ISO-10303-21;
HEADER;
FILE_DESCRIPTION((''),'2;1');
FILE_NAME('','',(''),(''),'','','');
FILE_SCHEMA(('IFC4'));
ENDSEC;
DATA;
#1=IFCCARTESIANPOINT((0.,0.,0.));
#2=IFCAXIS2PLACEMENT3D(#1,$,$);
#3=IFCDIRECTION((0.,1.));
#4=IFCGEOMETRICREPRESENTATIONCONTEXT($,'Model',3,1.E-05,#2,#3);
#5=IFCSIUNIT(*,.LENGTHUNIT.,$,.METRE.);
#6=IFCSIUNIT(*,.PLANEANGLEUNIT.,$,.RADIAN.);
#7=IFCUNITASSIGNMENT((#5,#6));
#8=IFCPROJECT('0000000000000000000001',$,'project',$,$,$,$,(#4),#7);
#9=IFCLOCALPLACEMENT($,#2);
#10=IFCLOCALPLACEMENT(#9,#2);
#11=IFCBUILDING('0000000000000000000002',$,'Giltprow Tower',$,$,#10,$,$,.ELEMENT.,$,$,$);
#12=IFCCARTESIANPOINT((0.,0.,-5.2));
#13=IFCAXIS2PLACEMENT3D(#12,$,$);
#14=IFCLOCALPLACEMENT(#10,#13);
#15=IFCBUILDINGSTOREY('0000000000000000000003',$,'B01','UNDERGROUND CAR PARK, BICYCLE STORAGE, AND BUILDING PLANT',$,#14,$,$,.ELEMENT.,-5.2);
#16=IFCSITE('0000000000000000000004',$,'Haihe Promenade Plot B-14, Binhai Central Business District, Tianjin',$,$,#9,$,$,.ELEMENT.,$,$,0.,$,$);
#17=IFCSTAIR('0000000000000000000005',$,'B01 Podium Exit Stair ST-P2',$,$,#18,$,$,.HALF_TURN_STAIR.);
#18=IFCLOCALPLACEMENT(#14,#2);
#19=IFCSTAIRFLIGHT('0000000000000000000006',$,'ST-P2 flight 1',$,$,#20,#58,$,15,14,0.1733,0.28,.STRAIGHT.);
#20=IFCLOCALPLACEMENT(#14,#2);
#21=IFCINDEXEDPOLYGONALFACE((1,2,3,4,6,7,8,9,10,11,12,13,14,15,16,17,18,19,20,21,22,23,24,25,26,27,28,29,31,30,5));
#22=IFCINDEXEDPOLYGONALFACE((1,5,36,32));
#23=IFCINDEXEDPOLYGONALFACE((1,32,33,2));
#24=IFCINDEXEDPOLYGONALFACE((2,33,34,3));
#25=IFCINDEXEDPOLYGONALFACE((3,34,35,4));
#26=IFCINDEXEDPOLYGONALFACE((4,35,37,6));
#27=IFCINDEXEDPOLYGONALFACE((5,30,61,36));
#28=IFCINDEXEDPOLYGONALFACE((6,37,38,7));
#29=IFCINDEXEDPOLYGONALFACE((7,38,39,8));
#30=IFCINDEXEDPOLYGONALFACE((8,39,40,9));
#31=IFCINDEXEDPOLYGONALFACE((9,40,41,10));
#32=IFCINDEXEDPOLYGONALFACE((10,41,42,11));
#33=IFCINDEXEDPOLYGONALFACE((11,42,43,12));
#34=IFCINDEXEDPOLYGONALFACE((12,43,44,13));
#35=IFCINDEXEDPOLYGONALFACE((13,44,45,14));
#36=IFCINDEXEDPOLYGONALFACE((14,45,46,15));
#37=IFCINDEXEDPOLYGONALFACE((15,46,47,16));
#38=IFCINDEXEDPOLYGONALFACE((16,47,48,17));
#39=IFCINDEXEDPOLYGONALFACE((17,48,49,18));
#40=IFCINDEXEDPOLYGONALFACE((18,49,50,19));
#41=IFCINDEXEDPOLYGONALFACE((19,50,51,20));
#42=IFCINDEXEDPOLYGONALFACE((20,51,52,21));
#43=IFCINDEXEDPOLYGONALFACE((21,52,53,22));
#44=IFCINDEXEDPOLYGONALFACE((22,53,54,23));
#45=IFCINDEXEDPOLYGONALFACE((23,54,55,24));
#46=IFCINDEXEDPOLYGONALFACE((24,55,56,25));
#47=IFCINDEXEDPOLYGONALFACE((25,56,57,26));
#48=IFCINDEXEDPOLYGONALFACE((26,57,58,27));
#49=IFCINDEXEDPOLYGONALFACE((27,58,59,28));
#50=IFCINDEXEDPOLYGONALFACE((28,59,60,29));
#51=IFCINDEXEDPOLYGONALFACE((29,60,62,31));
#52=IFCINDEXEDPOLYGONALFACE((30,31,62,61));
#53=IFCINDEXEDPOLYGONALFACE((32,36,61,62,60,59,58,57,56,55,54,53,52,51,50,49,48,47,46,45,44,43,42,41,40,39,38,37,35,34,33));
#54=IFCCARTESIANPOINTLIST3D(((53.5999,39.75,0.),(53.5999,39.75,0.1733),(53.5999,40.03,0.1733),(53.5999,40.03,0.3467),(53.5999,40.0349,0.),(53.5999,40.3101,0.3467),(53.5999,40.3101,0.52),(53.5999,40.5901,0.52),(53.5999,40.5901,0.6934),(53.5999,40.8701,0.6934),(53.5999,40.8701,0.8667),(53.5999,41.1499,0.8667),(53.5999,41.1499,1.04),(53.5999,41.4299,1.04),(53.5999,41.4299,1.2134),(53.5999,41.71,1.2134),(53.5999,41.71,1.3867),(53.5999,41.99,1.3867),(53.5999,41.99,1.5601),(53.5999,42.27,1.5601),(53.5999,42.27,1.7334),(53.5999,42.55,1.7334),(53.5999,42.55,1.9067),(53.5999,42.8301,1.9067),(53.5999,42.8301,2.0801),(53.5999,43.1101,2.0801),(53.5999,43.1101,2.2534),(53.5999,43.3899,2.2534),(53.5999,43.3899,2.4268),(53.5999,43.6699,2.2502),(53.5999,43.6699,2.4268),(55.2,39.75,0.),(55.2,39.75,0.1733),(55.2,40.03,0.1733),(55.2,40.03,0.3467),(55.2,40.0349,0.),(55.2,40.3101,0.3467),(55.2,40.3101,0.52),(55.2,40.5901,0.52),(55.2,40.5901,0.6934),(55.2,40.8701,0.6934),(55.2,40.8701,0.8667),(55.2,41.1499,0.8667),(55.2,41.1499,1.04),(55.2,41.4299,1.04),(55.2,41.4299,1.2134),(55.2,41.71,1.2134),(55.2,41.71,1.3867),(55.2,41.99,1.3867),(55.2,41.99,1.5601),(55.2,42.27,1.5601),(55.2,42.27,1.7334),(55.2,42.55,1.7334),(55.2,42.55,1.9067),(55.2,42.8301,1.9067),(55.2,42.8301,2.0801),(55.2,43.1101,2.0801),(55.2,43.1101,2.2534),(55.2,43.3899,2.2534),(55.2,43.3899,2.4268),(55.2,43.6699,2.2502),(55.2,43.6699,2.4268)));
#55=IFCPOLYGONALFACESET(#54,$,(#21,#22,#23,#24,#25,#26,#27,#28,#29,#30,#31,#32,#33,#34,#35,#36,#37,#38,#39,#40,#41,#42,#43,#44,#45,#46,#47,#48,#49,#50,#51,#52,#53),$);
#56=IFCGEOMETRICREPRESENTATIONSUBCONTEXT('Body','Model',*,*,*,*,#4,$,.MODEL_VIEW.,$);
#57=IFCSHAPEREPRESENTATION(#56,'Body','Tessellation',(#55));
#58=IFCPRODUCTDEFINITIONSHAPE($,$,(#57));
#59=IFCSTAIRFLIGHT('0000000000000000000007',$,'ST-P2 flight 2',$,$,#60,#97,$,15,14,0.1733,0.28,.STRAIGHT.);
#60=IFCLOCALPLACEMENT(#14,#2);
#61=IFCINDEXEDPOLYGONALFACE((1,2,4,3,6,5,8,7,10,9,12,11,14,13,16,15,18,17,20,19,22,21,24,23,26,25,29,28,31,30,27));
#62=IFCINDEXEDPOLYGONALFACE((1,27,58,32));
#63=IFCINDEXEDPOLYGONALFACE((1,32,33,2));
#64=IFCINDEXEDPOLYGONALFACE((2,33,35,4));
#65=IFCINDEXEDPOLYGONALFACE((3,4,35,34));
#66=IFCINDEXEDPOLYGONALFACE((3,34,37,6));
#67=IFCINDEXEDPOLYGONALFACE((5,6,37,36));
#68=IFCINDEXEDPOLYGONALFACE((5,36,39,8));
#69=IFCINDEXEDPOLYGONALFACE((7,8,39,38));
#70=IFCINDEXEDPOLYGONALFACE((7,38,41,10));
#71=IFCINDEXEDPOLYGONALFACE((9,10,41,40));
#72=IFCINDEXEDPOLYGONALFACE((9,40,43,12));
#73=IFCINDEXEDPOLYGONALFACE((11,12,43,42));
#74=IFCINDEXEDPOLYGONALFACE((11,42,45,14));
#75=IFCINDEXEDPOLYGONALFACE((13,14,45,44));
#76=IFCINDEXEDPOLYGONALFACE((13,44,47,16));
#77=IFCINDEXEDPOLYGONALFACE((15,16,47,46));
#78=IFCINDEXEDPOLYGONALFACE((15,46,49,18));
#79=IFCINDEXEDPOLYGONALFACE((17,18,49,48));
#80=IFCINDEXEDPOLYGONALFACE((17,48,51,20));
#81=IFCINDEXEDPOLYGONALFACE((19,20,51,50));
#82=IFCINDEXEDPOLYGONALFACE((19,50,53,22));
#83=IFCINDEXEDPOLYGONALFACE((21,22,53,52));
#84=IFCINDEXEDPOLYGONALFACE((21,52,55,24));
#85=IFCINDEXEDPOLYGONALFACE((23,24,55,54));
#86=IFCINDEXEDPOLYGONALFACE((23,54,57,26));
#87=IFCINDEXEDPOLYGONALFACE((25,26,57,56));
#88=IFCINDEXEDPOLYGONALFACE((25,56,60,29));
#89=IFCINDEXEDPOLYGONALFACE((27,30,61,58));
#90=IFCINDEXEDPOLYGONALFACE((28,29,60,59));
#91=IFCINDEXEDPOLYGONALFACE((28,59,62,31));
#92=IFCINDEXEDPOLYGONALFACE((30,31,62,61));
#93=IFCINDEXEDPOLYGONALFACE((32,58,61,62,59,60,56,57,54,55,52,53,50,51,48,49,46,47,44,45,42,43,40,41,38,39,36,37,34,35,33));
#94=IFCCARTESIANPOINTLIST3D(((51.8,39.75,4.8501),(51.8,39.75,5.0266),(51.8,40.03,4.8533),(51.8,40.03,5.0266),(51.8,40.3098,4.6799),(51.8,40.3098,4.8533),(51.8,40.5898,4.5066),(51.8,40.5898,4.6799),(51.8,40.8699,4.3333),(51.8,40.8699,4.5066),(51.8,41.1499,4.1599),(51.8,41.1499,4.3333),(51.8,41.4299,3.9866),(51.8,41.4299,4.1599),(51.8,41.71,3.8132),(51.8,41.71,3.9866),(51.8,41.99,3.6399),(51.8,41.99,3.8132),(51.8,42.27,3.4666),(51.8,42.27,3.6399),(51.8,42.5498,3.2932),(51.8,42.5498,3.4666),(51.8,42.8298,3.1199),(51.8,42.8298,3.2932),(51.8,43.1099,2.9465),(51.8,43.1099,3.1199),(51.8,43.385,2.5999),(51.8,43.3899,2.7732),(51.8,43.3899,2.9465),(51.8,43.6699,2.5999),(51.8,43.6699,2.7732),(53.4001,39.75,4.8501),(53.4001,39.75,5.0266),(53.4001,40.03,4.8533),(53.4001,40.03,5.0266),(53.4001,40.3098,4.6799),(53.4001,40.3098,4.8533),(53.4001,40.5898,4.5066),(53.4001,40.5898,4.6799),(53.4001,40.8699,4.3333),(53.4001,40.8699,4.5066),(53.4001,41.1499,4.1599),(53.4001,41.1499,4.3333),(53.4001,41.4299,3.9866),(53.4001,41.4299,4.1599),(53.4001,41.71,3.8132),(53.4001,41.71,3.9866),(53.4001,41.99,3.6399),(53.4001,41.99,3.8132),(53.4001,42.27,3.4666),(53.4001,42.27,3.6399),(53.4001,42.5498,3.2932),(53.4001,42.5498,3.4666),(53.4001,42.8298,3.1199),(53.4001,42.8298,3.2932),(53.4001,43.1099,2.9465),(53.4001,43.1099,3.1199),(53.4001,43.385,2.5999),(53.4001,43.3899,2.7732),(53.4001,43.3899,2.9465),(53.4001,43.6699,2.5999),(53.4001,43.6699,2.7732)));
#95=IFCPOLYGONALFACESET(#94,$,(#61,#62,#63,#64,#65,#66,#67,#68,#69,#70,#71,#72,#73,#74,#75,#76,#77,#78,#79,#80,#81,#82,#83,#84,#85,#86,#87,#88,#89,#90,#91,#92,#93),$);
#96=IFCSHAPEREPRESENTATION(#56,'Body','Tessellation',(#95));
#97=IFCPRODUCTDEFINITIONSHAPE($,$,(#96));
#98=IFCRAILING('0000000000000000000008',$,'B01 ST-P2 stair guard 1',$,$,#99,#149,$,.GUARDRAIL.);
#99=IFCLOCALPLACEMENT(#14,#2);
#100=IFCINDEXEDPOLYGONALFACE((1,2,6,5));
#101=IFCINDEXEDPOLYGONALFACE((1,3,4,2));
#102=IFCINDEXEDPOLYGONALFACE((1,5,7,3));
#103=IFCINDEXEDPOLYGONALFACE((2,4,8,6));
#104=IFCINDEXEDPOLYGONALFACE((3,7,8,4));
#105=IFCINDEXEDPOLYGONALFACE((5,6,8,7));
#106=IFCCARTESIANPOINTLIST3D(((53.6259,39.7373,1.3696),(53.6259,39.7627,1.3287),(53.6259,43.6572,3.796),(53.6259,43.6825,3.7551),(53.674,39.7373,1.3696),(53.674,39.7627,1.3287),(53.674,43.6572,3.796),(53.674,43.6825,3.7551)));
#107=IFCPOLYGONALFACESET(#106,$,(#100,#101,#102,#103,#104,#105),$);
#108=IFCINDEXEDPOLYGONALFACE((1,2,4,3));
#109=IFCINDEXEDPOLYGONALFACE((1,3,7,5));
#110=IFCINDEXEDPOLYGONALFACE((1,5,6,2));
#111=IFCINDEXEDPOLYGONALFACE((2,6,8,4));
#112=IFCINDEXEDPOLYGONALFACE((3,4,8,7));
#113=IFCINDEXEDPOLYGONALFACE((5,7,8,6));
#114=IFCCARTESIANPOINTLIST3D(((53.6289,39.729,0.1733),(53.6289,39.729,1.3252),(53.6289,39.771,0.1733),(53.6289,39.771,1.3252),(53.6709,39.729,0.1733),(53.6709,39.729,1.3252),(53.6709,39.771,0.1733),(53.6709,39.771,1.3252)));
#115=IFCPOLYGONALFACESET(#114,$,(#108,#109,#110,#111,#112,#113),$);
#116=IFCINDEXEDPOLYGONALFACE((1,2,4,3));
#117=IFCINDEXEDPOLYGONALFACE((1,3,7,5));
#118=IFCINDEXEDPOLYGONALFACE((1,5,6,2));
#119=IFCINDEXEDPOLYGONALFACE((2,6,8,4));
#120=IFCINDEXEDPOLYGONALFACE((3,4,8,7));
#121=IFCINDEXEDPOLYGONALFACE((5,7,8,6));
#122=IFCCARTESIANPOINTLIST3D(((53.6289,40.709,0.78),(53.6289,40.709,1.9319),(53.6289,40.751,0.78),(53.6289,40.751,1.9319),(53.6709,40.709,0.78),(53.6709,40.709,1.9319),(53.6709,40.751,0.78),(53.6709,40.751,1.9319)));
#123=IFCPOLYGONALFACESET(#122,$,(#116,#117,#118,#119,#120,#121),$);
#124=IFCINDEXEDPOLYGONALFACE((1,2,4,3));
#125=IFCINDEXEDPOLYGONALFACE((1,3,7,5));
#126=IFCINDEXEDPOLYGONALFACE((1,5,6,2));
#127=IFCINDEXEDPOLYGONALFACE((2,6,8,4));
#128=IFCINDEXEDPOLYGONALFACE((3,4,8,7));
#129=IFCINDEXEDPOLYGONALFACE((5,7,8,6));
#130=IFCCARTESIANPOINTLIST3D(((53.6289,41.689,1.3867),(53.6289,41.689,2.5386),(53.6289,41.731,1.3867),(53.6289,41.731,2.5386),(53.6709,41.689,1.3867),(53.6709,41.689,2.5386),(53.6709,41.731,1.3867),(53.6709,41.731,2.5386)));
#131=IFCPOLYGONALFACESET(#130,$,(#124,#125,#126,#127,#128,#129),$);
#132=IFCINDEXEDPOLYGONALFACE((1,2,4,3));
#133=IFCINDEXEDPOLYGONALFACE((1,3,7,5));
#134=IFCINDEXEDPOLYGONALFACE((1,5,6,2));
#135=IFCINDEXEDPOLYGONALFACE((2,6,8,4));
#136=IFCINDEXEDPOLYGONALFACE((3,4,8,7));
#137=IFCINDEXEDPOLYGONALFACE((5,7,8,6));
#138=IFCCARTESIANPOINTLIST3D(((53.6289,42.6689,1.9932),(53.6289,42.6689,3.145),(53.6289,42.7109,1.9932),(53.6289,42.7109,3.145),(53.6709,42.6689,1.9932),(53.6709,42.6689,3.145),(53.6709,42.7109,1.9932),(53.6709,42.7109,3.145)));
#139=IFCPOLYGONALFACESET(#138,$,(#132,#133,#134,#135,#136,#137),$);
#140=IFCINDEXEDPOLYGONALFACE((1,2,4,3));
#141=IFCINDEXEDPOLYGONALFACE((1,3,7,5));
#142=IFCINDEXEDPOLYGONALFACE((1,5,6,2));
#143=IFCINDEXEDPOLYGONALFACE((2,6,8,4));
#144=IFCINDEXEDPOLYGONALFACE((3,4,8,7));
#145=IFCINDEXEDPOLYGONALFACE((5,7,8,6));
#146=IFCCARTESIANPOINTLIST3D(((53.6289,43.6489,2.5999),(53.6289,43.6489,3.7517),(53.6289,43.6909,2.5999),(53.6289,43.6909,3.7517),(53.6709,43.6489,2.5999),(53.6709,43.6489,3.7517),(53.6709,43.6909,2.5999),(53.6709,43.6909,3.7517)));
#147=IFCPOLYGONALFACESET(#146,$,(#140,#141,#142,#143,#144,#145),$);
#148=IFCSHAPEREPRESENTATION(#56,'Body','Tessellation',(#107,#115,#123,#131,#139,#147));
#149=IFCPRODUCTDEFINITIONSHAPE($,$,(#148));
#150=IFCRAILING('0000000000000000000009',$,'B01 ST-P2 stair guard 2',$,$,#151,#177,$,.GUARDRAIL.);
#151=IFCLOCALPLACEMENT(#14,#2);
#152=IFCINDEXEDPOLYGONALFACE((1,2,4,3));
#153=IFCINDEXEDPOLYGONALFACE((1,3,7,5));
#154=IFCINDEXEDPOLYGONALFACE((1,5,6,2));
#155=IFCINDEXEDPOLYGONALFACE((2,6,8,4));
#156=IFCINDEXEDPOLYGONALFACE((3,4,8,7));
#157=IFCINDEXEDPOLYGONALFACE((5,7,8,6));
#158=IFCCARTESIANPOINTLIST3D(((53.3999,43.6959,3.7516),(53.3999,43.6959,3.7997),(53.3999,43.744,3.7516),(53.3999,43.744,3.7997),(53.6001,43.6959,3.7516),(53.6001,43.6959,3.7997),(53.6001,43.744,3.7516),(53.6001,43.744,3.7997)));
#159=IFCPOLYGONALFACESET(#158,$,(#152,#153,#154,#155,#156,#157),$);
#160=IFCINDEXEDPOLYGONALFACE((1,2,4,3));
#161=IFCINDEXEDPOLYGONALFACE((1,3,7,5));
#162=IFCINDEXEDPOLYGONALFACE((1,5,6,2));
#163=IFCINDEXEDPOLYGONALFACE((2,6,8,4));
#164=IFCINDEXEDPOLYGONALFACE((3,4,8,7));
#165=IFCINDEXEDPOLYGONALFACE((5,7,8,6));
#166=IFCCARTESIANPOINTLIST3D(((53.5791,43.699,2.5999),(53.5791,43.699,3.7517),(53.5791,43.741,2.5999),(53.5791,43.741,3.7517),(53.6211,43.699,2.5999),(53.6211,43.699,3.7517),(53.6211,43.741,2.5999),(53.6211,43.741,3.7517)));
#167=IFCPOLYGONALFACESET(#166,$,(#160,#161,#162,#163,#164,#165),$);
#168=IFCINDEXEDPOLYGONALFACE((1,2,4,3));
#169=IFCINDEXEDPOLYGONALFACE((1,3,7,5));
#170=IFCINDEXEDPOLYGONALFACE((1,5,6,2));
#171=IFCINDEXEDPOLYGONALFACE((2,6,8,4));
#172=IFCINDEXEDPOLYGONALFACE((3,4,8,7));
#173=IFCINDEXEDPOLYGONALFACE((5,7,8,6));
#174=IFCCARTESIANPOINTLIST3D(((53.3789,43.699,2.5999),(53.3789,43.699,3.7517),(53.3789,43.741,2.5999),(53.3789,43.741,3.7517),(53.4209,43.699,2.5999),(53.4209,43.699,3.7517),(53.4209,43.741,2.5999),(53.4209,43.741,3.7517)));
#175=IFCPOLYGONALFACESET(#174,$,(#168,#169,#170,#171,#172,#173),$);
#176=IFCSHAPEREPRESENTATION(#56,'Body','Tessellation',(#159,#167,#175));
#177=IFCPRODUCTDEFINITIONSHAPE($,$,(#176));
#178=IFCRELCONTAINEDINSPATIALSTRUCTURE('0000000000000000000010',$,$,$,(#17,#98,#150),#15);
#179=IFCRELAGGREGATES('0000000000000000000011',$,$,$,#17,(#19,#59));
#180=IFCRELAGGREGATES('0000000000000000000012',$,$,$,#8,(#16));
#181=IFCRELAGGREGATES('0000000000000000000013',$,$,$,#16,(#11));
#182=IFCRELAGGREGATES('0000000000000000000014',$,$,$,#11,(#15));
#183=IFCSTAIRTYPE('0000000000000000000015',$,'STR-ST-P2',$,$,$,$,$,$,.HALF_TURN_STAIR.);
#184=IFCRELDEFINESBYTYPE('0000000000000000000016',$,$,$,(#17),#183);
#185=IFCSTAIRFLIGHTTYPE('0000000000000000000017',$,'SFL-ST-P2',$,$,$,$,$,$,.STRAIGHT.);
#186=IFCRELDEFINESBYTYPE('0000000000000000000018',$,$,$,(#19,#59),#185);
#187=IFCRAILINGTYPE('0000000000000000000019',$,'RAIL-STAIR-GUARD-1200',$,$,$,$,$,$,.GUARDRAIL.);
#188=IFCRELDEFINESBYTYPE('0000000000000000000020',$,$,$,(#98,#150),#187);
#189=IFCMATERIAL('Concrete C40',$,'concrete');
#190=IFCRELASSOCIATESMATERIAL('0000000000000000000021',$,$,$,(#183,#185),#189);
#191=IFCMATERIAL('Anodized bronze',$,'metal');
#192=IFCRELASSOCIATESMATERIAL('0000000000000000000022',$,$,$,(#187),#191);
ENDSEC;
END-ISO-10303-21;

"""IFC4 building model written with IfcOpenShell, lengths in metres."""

from ifc_helpers import new_model, si_unit, direction, frame, origin, origin_2d, place, context, subcontext, project, spatial, polyline, rectangle, outline, extrude, material, type_object, element, aggregate, save


model = new_model("IFC4")

# Units and contexts
model_context = context("Model", 3, precision=1e-05, world=origin(), true_north=direction((0.0, 1.0)))
body_context = subcontext(model_context, "Body", "Model", "MODEL_VIEW")
ifc_project = project(units=[si_unit("LENGTHUNIT", "METRE"), si_unit("PLANEANGLEUNIT", "RADIAN")], contexts=[model_context])

# Site, building, storey
site_placement = place(None, origin())
site = spatial("IfcSite", under=ifc_project, at=site_placement, Name="Haihe Promenade Plot B-14, Binhai Central Business District, Tianjin", CompositionType="ELEMENT", RefElevation=0.0)
building_placement = place(site_placement, origin())
building = spatial("IfcBuilding", under=site, at=building_placement, Name="Giltprow Tower", CompositionType="ELEMENT")
storey_placement = place(building_placement, frame((0.0, 0.0, -5.2)))
storey = spatial("IfcBuildingStorey", under=building, at=storey_placement, Name="B01", Description="UNDERGROUND CAR PARK, BICYCLE STORAGE, AND BUILDING PLANT", CompositionType="ELEMENT", Elevation=-5.2)

# Shared definitions
ifc_material_1 = material(Name="Concrete C40", Category="concrete")

# Stair, stair flights
stair_type = type_object("IfcStairType", Name="STR-ST-P2", PredefinedType="HALF_TURN_STAIR", material=ifc_material_1)
stair_placement = place(storey_placement, origin())
stair = element("IfcStair", 1, at=stair_placement, inside=storey, type_object=stair_type, Name="B01 Podium Exit Stair ST-P2", PredefinedType="HALF_TURN_STAIR")
stair_flight_type = type_object("IfcStairFlightType", Name="SFL-ST-P2", PredefinedType="STRAIGHT", material=ifc_material_1)
stair_flight_1_placement = place(storey_placement, frame((54.3999, 39.75, 0.0), z_axis=(0.0, 0.0, 1.0), x_axis=(0.0, 1.0, 0.0)))
stair_flight_1 = element("IfcStairFlight", 2, at=stair_flight_1_placement, type_object=stair_flight_type, Name="ST-P2 flight 1", NumberOfRisers=15, NumberOfTreads=14, PredefinedType="STRAIGHT", RiserHeight=0.1733, TreadLength=0.28, context=body_context, shape_type="SweptSolid", body=[
    extrude(outline(polyline([(0.0, 0.0), (0.0, 0.1733), (0.28, 0.1733), (0.28, 0.3467), (0.5601, 0.3467), (0.5601, 0.52), (0.8401, 0.52), (0.8401, 0.6934), (1.1201, 0.6934), (1.1201, 0.8667), (1.3999, 0.8667), (1.3999, 1.04), (1.6799, 1.04), (1.6799, 1.2134), (1.96, 1.2134), (1.96, 1.3867), (2.24, 1.3867), (2.24, 1.5601), (2.52, 1.5601), (2.52, 1.7334), (2.8, 1.7334), (2.8, 1.9067), (3.0801, 1.9067), (3.0801, 2.0801), (3.3601, 2.0801), (3.3601, 2.2534), (3.6399, 2.2534), (3.6399, 2.4268), (3.9199, 2.4268), (3.9199, 2.6001), (3.9199, 2.2502), (0.2849, 0.0), (0.0, 0.0)])), frame((0.0, 0.8, 0.0), z_axis=(0.0, -1.0, 0.0), x_axis=(1.0, 0.0, 0.0)), (0.0, 0.0, 1.0), 1.6001),
])
stair_flight_2_placement = place(storey_placement, frame((52.6001, 43.6699, 2.5999), z_axis=(0.0, 0.0, 1.0), x_axis=(0.0, -1.0, 0.0)))
stair_flight_2 = element("IfcStairFlight", 3, at=stair_flight_2_placement, type_object=stair_flight_type, Name="ST-P2 flight 2", NumberOfRisers=15, NumberOfTreads=14, PredefinedType="STRAIGHT", RiserHeight=0.1733, TreadLength=0.28, context=body_context, shape_type="SweptSolid", body=[
    extrude(outline(polyline([(0.0, 0.0), (0.0, 0.1733), (0.28, 0.1733), (0.28, 0.3467), (0.5601, 0.3467), (0.5601, 0.52), (0.8401, 0.52), (0.8401, 0.6934), (1.1201, 0.6934), (1.1201, 0.8667), (1.3999, 0.8667), (1.3999, 1.04), (1.6799, 1.04), (1.6799, 1.2134), (1.96, 1.2134), (1.96, 1.3867), (2.24, 1.3867), (2.24, 1.5601), (2.52, 1.5601), (2.52, 1.7334), (2.8, 1.7334), (2.8, 1.9067), (3.0801, 1.9067), (3.0801, 2.0801), (3.3601, 2.0801), (3.3601, 2.2534), (3.6399, 2.2534), (3.6399, 2.4268), (3.9199, 2.4268), (3.9199, 2.6001), (3.9199, 2.2502), (0.2849, 0.0), (0.0, 0.0)])), frame((0.0, 0.8, 0.0), z_axis=(0.0, -1.0, 0.0), x_axis=(1.0, 0.0, 0.0)), (0.0, 0.0, 1.0), 1.6001),
])
aggregate(stair, [stair_flight_1, stair_flight_2])

# Railings
ifc_material_2 = material(Name="Anodized bronze", Category="metal")
railing_type_1 = type_object("IfcRailingType", Name="RAIL-STAIR-GUARD-1200", PredefinedType="GUARDRAIL", material=ifc_material_2)
railing_1_placement = place(storey_placement, frame((53.6499, 39.75, 0.1733)))
element("IfcRailing", 4, at=railing_1_placement, inside=storey, type_object=railing_type_1, Name="B01 ST-P2 stair guard 1", PredefinedType="GUARDRAIL", context=body_context, shape_type="SweptSolid", body=[
    extrude(rectangle(XDim=0.0481, YDim=0.0481, at=origin_2d()), frame((0.0, 0.0, 1.1758), z_axis=(0.0, 0.850275, 0.526338), x_axis=(-1.0, 0.0, 0.0)), (0.0, 0.0, 1.0), 4.6101),
    extrude(rectangle(XDim=0.042, YDim=0.042, at=origin_2d()), origin(), (0.0, 0.0, 1.0), 1.1519),
    extrude(rectangle(XDim=0.042, YDim=0.042, at=origin_2d()), frame((0.0, 0.98, 0.6067)), (0.0, 0.0, 1.0), 1.1519),
    extrude(rectangle(XDim=0.042, YDim=0.042, at=origin_2d()), frame((0.0, 1.96, 1.2134)), (0.0, 0.0, 1.0), 1.1519),
    extrude(rectangle(XDim=0.042, YDim=0.042, at=origin_2d()), frame((0.0, 2.9399, 1.8198)), (0.0, 0.0, 1.0), 1.1519),
    extrude(rectangle(XDim=0.042, YDim=0.042, at=origin_2d()), frame((0.0, 3.9199, 2.4265)), (0.0, 0.0, 1.0), 1.1519),
])
railing_2_placement = place(storey_placement, frame((53.6001, 43.72, 2.5999)))
element("IfcRailing", 5, at=railing_2_placement, inside=storey, type_object=railing_type_1, Name="B01 ST-P2 stair guard 2", PredefinedType="GUARDRAIL", context=body_context, shape_type="SweptSolid", body=[
    extrude(rectangle(XDim=0.0481, YDim=0.0481, at=origin_2d()), frame((0.0, 0.0, 1.1758), z_axis=(-1.0, 0.0, 0.0), x_axis=(0.0, -1.0, 0.0)), (0.0, 0.0, 1.0), 0.2002),
    extrude(rectangle(XDim=0.042, YDim=0.042, at=origin_2d()), origin(), (0.0, 0.0, 1.0), 1.1519),
    extrude(rectangle(XDim=0.042, YDim=0.042, at=origin_2d()), frame((-0.2002, 0.0, 0.0)), (0.0, 0.0, 1.0), 1.1519),
])

save(model, "model.ifc")
